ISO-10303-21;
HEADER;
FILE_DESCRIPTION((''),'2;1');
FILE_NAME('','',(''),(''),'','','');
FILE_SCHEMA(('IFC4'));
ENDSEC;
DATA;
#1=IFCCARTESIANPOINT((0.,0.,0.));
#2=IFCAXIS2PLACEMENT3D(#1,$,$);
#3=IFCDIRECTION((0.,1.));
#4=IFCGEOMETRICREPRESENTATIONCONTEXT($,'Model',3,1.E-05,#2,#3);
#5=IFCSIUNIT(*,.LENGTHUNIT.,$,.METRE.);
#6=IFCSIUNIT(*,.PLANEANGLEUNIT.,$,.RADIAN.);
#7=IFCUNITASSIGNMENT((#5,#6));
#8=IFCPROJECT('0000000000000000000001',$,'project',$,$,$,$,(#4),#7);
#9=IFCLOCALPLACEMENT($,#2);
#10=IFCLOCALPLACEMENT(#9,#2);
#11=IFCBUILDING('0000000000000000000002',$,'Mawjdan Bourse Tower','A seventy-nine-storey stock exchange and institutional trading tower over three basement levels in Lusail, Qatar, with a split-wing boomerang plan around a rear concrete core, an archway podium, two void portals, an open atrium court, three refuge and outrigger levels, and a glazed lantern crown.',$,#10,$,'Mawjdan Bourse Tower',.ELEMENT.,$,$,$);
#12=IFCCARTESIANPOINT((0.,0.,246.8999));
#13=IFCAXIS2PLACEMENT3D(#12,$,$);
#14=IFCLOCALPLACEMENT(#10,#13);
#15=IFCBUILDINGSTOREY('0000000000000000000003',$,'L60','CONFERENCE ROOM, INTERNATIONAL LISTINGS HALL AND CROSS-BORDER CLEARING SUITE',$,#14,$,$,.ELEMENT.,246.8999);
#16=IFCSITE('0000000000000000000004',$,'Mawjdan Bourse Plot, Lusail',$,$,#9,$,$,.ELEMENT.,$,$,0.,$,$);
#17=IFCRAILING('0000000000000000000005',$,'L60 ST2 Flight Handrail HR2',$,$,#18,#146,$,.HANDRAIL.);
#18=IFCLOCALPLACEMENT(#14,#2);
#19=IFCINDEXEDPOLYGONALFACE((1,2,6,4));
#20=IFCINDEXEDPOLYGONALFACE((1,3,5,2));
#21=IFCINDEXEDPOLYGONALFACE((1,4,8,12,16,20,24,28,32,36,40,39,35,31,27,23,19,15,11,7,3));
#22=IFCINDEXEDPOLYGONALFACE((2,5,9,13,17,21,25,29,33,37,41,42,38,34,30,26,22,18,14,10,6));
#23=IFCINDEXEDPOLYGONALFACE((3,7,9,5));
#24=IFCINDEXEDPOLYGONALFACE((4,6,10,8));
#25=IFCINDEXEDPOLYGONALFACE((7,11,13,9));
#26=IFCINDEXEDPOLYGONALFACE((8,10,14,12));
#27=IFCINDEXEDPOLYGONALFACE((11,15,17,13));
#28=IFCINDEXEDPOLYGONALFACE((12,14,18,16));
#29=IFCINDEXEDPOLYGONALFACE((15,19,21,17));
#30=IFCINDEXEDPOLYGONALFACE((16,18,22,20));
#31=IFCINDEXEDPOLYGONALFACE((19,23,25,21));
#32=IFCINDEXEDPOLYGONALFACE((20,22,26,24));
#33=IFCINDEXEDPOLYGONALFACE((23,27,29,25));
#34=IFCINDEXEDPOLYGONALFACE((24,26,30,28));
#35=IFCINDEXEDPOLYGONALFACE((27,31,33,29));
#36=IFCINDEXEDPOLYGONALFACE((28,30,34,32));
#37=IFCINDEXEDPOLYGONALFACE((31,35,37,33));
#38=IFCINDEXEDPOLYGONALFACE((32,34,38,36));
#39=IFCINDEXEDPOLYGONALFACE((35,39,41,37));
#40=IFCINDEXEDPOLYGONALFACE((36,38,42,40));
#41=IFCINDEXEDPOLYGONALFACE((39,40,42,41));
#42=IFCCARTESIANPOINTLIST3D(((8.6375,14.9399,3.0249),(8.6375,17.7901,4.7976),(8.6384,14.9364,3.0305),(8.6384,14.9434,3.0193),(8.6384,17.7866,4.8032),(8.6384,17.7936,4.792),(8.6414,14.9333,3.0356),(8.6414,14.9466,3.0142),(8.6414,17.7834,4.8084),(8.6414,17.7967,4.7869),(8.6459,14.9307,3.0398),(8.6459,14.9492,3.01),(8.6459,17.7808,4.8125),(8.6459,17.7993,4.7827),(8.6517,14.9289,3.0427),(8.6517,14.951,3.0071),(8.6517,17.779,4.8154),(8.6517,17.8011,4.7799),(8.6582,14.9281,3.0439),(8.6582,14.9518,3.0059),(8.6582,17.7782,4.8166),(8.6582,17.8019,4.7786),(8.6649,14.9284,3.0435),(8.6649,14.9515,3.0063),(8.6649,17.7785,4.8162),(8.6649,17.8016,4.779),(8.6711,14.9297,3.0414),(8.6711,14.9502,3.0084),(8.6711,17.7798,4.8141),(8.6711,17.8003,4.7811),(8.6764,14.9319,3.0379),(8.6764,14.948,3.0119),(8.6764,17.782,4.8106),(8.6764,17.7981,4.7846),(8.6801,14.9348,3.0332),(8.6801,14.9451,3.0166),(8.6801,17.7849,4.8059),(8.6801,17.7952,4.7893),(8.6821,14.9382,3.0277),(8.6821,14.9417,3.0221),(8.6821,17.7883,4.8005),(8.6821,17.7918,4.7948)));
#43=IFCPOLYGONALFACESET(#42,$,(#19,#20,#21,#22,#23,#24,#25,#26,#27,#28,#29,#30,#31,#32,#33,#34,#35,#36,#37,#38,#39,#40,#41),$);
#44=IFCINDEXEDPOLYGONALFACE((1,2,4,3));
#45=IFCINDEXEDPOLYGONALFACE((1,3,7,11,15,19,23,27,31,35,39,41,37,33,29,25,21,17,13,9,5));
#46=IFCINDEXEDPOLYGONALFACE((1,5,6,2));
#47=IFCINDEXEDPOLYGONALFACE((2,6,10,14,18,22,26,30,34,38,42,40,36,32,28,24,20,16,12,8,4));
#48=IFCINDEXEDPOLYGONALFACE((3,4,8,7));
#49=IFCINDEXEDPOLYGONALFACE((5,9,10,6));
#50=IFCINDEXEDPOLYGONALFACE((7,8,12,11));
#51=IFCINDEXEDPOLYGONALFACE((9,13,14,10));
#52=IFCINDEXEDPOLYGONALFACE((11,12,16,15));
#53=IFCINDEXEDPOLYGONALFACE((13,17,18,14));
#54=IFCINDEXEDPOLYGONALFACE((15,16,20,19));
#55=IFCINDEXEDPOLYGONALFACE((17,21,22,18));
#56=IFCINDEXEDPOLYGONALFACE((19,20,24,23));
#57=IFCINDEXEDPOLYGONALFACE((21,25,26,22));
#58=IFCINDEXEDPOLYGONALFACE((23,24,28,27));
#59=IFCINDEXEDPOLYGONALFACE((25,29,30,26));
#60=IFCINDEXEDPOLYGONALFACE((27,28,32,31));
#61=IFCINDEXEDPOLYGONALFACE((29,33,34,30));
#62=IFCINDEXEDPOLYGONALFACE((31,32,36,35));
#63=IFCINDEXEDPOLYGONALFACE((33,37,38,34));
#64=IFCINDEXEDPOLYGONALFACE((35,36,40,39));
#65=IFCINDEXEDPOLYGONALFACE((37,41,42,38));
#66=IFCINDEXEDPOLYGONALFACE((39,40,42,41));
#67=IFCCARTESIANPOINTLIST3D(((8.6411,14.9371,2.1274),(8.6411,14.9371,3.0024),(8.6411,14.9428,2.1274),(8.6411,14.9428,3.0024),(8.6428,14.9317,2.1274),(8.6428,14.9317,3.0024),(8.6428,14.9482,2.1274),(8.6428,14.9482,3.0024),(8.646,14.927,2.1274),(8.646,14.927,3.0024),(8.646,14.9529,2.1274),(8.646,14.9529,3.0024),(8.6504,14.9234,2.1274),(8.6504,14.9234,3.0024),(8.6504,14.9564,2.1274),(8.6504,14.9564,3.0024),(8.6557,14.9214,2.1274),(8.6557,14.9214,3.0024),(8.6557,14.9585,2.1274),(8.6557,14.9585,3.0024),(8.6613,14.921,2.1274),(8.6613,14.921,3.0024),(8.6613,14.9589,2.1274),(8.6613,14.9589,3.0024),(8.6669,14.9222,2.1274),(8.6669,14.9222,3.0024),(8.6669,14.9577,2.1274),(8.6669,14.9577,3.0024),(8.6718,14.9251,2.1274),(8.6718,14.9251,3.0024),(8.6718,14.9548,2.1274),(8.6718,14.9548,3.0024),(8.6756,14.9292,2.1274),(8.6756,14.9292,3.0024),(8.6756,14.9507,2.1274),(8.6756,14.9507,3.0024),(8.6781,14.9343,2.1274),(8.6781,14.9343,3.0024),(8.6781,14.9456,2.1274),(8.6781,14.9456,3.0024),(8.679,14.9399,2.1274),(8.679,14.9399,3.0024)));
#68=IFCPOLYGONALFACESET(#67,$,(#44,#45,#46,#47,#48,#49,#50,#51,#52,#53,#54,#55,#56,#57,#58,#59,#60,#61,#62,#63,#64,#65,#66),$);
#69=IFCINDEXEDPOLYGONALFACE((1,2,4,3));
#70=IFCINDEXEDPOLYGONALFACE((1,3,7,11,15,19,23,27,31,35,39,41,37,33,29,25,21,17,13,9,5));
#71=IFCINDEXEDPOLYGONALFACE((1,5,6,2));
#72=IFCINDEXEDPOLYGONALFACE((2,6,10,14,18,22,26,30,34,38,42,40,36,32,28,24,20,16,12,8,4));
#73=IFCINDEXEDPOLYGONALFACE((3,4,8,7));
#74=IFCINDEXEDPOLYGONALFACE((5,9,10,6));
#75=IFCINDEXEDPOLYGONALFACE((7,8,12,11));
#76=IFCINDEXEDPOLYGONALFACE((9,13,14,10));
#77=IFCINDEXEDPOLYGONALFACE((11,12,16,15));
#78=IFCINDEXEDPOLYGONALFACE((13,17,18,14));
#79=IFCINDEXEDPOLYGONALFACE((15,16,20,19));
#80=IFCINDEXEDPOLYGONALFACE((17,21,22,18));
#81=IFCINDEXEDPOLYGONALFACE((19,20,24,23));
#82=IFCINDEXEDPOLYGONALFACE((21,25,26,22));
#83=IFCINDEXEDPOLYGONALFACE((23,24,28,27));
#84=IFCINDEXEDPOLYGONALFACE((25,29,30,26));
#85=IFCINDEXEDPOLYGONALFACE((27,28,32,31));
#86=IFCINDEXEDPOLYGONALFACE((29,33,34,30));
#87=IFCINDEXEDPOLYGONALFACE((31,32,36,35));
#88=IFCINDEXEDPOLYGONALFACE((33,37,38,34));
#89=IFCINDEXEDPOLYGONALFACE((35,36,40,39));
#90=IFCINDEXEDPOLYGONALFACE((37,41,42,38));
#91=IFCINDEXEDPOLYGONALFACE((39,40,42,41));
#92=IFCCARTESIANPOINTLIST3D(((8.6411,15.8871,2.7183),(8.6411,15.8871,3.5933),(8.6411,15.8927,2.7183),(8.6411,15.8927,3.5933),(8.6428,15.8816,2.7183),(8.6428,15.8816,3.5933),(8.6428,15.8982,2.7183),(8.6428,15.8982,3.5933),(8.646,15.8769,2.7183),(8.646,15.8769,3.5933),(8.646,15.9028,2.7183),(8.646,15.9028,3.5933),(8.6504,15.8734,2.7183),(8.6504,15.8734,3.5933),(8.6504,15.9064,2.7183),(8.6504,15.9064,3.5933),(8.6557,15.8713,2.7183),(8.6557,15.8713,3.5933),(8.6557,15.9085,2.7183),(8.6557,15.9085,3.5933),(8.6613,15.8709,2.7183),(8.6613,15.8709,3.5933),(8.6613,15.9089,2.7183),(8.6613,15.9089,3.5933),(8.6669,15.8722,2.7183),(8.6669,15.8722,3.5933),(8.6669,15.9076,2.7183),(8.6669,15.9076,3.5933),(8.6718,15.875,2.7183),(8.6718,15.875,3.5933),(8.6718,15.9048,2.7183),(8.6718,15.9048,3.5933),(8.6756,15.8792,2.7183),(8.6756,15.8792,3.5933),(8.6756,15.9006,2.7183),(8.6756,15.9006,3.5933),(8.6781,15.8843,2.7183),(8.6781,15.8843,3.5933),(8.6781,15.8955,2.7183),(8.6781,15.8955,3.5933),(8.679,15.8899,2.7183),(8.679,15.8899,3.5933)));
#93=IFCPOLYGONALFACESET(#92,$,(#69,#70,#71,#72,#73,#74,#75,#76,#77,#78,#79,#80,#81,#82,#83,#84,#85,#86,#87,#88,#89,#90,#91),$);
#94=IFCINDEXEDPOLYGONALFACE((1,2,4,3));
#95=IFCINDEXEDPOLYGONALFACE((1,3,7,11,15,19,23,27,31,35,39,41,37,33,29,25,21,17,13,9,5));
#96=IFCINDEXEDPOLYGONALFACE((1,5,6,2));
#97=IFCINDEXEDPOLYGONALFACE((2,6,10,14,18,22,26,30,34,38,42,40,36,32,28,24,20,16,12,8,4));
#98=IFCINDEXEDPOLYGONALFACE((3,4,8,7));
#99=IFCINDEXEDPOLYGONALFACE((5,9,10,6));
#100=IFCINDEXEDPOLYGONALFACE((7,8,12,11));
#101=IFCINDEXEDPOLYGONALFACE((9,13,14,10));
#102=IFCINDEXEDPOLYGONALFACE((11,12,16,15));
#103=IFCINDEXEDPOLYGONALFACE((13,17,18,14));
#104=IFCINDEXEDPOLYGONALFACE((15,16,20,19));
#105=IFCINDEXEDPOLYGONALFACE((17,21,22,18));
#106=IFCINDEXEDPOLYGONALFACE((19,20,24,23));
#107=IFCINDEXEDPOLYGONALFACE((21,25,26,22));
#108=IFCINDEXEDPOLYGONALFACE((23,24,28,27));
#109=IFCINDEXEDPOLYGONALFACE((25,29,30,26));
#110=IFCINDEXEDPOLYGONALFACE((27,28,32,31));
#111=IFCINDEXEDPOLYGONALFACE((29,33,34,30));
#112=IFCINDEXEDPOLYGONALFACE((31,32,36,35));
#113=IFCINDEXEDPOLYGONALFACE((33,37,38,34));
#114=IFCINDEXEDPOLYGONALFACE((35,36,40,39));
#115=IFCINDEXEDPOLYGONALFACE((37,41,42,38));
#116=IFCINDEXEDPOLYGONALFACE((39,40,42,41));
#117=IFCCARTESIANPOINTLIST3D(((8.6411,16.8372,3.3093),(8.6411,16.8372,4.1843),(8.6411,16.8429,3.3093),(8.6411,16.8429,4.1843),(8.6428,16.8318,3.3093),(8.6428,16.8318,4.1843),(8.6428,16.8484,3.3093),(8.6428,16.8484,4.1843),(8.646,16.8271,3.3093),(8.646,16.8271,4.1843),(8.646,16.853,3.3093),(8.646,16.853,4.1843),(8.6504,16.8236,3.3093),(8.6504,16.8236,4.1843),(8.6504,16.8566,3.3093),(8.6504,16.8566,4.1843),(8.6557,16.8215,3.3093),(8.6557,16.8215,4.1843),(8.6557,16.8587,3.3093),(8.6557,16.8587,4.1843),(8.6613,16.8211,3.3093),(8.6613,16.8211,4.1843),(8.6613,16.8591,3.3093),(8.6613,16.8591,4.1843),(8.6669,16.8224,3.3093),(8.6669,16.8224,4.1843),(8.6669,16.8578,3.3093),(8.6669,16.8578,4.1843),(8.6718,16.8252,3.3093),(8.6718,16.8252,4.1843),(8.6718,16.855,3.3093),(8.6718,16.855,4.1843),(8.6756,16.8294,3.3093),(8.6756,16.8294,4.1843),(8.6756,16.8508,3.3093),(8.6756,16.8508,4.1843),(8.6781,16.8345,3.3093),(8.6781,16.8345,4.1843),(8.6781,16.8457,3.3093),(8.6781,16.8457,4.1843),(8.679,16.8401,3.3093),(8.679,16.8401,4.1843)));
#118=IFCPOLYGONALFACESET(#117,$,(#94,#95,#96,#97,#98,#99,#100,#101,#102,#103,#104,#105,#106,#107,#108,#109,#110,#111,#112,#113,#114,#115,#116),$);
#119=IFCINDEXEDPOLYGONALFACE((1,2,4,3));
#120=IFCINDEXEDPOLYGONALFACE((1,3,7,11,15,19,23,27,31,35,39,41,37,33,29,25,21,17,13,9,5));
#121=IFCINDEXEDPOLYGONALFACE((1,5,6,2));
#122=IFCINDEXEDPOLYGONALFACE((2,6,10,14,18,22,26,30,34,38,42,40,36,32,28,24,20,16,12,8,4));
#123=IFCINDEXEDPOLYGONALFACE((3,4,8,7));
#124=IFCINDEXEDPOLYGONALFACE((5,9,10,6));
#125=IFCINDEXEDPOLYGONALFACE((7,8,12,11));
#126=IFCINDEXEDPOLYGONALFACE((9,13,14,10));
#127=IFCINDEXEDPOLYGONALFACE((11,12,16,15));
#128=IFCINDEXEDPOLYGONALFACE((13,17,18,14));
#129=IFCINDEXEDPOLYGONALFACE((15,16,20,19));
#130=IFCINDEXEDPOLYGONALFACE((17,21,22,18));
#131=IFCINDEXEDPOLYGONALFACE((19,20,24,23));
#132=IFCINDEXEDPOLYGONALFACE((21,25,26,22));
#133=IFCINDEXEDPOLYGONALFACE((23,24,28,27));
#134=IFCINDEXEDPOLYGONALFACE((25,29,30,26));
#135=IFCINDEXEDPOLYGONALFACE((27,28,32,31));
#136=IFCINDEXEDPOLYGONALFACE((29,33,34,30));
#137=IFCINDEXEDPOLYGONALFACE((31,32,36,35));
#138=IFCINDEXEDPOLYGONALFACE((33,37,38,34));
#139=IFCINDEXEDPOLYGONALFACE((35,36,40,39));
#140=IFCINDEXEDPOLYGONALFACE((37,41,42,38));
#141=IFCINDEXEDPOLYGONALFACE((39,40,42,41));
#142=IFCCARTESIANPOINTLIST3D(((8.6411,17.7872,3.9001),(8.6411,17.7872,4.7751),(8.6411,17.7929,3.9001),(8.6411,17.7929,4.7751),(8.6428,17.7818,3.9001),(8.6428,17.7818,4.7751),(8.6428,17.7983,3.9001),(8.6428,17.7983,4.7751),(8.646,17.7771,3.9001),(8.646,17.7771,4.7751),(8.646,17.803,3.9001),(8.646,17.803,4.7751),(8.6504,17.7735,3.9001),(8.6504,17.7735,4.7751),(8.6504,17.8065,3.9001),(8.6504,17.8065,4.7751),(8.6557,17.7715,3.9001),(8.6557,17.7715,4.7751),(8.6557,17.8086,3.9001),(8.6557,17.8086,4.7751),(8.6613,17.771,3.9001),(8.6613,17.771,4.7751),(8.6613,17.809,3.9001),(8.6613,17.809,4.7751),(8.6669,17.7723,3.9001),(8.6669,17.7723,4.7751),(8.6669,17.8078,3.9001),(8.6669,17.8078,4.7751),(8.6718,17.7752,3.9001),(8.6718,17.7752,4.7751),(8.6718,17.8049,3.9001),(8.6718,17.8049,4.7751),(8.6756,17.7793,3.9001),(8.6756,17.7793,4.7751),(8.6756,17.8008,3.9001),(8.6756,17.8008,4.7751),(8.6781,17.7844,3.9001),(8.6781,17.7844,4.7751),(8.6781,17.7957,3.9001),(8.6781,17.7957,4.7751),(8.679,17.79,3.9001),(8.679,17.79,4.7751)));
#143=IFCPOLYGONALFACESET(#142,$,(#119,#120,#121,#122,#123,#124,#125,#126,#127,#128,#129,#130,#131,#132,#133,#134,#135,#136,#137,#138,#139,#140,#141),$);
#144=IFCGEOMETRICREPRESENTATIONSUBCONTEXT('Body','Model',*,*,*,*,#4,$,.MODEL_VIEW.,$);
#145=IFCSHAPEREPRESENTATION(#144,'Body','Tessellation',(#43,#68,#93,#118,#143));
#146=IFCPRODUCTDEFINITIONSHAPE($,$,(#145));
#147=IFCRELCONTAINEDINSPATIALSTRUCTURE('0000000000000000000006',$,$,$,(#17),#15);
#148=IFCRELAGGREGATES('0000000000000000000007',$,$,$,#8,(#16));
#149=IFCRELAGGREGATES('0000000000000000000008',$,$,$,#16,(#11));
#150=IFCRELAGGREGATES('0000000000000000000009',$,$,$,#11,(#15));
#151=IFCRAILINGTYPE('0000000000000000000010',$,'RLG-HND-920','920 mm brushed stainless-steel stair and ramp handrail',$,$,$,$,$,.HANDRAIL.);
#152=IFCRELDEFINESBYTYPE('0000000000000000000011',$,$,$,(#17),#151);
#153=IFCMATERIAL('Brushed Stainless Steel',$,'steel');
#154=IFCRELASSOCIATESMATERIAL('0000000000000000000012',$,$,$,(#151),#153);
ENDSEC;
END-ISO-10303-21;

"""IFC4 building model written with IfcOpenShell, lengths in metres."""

from ifc_helpers import new_model, si_unit, direction, frame, origin, origin_2d, place, context, subcontext, project, spatial, circle, extrude, material, type_object, element, save


model = new_model("IFC4")

# Units and contexts
model_context = context("Model", 3, precision=1e-05, world=origin(), true_north=direction((0.0, 1.0)))
body_context = subcontext(model_context, "Body", "Model", "MODEL_VIEW")
ifc_project = project(units=[si_unit("LENGTHUNIT", "METRE"), si_unit("PLANEANGLEUNIT", "RADIAN")], contexts=[model_context])

# Site, building, storey
site_placement = place(None, origin())
site = spatial("IfcSite", under=ifc_project, at=site_placement, Name="Mawjdan Bourse Plot, Lusail", CompositionType="ELEMENT", RefElevation=0.0)
building_placement = place(site_placement, origin())
building = spatial("IfcBuilding", under=site, at=building_placement, Name="Mawjdan Bourse Tower", Description="A seventy-nine-storey stock exchange and institutional trading tower over three basement levels in Lusail, Qatar, with a split-wing boomerang plan around a rear concrete core, an archway podium, two void portals, an open atrium court, three refuge and outrigger levels, and a glazed lantern crown.", LongName="Mawjdan Bourse Tower", CompositionType="ELEMENT")
storey_placement = place(building_placement, frame((0.0, 0.0, 246.8999)))
storey = spatial("IfcBuildingStorey", under=building, at=storey_placement, Name="L60", Description="CONFERENCE ROOM, INTERNATIONAL LISTINGS HALL AND CROSS-BORDER CLEARING SUITE", CompositionType="ELEMENT", Elevation=246.8999)

# Shared definitions
ifc_material_1 = material(Name="Brushed Stainless Steel", Category="steel")

# Railing
railing_type_1 = type_object("IfcRailingType", Name="RLG-HND-920", Description="920 mm brushed stainless-steel stair and ramp handrail", PredefinedType="HANDRAIL", material=ifc_material_1)
railing_1_placement = place(storey_placement, frame((8.6599, 14.9399, 2.1274)))
element("IfcRailing", 1, at=railing_1_placement, inside=storey, type_object=railing_type_1, Name="L60 ST2 Flight Handrail HR2", PredefinedType="HANDRAIL", context=body_context, shape_type="SweptSolid", body=[
    extrude(circle(Radius=0.0225, at=origin_2d()), frame((0.0, 0.0, 0.8975), z_axis=(0.0, 0.849149, 0.528154), x_axis=(-1.0, 0.0, 0.0)), (0.0, 0.0, 1.0), 3.3564),
    extrude(circle(Radius=0.019, at=origin_2d()), origin(), (0.0, 0.0, 1.0), 0.875),
    extrude(circle(Radius=0.019, at=origin_2d()), frame((0.0, 0.95, 0.5908)), (0.0, 0.0, 1.0), 0.875),
    extrude(circle(Radius=0.019, at=origin_2d()), frame((0.0, 1.9001, 1.1819)), (0.0, 0.0, 1.0), 0.875),
    extrude(circle(Radius=0.019, at=origin_2d()), frame((0.0, 2.8501, 1.7727)), (0.0, 0.0, 1.0), 0.875),
])

save(model, "model.ifc")
